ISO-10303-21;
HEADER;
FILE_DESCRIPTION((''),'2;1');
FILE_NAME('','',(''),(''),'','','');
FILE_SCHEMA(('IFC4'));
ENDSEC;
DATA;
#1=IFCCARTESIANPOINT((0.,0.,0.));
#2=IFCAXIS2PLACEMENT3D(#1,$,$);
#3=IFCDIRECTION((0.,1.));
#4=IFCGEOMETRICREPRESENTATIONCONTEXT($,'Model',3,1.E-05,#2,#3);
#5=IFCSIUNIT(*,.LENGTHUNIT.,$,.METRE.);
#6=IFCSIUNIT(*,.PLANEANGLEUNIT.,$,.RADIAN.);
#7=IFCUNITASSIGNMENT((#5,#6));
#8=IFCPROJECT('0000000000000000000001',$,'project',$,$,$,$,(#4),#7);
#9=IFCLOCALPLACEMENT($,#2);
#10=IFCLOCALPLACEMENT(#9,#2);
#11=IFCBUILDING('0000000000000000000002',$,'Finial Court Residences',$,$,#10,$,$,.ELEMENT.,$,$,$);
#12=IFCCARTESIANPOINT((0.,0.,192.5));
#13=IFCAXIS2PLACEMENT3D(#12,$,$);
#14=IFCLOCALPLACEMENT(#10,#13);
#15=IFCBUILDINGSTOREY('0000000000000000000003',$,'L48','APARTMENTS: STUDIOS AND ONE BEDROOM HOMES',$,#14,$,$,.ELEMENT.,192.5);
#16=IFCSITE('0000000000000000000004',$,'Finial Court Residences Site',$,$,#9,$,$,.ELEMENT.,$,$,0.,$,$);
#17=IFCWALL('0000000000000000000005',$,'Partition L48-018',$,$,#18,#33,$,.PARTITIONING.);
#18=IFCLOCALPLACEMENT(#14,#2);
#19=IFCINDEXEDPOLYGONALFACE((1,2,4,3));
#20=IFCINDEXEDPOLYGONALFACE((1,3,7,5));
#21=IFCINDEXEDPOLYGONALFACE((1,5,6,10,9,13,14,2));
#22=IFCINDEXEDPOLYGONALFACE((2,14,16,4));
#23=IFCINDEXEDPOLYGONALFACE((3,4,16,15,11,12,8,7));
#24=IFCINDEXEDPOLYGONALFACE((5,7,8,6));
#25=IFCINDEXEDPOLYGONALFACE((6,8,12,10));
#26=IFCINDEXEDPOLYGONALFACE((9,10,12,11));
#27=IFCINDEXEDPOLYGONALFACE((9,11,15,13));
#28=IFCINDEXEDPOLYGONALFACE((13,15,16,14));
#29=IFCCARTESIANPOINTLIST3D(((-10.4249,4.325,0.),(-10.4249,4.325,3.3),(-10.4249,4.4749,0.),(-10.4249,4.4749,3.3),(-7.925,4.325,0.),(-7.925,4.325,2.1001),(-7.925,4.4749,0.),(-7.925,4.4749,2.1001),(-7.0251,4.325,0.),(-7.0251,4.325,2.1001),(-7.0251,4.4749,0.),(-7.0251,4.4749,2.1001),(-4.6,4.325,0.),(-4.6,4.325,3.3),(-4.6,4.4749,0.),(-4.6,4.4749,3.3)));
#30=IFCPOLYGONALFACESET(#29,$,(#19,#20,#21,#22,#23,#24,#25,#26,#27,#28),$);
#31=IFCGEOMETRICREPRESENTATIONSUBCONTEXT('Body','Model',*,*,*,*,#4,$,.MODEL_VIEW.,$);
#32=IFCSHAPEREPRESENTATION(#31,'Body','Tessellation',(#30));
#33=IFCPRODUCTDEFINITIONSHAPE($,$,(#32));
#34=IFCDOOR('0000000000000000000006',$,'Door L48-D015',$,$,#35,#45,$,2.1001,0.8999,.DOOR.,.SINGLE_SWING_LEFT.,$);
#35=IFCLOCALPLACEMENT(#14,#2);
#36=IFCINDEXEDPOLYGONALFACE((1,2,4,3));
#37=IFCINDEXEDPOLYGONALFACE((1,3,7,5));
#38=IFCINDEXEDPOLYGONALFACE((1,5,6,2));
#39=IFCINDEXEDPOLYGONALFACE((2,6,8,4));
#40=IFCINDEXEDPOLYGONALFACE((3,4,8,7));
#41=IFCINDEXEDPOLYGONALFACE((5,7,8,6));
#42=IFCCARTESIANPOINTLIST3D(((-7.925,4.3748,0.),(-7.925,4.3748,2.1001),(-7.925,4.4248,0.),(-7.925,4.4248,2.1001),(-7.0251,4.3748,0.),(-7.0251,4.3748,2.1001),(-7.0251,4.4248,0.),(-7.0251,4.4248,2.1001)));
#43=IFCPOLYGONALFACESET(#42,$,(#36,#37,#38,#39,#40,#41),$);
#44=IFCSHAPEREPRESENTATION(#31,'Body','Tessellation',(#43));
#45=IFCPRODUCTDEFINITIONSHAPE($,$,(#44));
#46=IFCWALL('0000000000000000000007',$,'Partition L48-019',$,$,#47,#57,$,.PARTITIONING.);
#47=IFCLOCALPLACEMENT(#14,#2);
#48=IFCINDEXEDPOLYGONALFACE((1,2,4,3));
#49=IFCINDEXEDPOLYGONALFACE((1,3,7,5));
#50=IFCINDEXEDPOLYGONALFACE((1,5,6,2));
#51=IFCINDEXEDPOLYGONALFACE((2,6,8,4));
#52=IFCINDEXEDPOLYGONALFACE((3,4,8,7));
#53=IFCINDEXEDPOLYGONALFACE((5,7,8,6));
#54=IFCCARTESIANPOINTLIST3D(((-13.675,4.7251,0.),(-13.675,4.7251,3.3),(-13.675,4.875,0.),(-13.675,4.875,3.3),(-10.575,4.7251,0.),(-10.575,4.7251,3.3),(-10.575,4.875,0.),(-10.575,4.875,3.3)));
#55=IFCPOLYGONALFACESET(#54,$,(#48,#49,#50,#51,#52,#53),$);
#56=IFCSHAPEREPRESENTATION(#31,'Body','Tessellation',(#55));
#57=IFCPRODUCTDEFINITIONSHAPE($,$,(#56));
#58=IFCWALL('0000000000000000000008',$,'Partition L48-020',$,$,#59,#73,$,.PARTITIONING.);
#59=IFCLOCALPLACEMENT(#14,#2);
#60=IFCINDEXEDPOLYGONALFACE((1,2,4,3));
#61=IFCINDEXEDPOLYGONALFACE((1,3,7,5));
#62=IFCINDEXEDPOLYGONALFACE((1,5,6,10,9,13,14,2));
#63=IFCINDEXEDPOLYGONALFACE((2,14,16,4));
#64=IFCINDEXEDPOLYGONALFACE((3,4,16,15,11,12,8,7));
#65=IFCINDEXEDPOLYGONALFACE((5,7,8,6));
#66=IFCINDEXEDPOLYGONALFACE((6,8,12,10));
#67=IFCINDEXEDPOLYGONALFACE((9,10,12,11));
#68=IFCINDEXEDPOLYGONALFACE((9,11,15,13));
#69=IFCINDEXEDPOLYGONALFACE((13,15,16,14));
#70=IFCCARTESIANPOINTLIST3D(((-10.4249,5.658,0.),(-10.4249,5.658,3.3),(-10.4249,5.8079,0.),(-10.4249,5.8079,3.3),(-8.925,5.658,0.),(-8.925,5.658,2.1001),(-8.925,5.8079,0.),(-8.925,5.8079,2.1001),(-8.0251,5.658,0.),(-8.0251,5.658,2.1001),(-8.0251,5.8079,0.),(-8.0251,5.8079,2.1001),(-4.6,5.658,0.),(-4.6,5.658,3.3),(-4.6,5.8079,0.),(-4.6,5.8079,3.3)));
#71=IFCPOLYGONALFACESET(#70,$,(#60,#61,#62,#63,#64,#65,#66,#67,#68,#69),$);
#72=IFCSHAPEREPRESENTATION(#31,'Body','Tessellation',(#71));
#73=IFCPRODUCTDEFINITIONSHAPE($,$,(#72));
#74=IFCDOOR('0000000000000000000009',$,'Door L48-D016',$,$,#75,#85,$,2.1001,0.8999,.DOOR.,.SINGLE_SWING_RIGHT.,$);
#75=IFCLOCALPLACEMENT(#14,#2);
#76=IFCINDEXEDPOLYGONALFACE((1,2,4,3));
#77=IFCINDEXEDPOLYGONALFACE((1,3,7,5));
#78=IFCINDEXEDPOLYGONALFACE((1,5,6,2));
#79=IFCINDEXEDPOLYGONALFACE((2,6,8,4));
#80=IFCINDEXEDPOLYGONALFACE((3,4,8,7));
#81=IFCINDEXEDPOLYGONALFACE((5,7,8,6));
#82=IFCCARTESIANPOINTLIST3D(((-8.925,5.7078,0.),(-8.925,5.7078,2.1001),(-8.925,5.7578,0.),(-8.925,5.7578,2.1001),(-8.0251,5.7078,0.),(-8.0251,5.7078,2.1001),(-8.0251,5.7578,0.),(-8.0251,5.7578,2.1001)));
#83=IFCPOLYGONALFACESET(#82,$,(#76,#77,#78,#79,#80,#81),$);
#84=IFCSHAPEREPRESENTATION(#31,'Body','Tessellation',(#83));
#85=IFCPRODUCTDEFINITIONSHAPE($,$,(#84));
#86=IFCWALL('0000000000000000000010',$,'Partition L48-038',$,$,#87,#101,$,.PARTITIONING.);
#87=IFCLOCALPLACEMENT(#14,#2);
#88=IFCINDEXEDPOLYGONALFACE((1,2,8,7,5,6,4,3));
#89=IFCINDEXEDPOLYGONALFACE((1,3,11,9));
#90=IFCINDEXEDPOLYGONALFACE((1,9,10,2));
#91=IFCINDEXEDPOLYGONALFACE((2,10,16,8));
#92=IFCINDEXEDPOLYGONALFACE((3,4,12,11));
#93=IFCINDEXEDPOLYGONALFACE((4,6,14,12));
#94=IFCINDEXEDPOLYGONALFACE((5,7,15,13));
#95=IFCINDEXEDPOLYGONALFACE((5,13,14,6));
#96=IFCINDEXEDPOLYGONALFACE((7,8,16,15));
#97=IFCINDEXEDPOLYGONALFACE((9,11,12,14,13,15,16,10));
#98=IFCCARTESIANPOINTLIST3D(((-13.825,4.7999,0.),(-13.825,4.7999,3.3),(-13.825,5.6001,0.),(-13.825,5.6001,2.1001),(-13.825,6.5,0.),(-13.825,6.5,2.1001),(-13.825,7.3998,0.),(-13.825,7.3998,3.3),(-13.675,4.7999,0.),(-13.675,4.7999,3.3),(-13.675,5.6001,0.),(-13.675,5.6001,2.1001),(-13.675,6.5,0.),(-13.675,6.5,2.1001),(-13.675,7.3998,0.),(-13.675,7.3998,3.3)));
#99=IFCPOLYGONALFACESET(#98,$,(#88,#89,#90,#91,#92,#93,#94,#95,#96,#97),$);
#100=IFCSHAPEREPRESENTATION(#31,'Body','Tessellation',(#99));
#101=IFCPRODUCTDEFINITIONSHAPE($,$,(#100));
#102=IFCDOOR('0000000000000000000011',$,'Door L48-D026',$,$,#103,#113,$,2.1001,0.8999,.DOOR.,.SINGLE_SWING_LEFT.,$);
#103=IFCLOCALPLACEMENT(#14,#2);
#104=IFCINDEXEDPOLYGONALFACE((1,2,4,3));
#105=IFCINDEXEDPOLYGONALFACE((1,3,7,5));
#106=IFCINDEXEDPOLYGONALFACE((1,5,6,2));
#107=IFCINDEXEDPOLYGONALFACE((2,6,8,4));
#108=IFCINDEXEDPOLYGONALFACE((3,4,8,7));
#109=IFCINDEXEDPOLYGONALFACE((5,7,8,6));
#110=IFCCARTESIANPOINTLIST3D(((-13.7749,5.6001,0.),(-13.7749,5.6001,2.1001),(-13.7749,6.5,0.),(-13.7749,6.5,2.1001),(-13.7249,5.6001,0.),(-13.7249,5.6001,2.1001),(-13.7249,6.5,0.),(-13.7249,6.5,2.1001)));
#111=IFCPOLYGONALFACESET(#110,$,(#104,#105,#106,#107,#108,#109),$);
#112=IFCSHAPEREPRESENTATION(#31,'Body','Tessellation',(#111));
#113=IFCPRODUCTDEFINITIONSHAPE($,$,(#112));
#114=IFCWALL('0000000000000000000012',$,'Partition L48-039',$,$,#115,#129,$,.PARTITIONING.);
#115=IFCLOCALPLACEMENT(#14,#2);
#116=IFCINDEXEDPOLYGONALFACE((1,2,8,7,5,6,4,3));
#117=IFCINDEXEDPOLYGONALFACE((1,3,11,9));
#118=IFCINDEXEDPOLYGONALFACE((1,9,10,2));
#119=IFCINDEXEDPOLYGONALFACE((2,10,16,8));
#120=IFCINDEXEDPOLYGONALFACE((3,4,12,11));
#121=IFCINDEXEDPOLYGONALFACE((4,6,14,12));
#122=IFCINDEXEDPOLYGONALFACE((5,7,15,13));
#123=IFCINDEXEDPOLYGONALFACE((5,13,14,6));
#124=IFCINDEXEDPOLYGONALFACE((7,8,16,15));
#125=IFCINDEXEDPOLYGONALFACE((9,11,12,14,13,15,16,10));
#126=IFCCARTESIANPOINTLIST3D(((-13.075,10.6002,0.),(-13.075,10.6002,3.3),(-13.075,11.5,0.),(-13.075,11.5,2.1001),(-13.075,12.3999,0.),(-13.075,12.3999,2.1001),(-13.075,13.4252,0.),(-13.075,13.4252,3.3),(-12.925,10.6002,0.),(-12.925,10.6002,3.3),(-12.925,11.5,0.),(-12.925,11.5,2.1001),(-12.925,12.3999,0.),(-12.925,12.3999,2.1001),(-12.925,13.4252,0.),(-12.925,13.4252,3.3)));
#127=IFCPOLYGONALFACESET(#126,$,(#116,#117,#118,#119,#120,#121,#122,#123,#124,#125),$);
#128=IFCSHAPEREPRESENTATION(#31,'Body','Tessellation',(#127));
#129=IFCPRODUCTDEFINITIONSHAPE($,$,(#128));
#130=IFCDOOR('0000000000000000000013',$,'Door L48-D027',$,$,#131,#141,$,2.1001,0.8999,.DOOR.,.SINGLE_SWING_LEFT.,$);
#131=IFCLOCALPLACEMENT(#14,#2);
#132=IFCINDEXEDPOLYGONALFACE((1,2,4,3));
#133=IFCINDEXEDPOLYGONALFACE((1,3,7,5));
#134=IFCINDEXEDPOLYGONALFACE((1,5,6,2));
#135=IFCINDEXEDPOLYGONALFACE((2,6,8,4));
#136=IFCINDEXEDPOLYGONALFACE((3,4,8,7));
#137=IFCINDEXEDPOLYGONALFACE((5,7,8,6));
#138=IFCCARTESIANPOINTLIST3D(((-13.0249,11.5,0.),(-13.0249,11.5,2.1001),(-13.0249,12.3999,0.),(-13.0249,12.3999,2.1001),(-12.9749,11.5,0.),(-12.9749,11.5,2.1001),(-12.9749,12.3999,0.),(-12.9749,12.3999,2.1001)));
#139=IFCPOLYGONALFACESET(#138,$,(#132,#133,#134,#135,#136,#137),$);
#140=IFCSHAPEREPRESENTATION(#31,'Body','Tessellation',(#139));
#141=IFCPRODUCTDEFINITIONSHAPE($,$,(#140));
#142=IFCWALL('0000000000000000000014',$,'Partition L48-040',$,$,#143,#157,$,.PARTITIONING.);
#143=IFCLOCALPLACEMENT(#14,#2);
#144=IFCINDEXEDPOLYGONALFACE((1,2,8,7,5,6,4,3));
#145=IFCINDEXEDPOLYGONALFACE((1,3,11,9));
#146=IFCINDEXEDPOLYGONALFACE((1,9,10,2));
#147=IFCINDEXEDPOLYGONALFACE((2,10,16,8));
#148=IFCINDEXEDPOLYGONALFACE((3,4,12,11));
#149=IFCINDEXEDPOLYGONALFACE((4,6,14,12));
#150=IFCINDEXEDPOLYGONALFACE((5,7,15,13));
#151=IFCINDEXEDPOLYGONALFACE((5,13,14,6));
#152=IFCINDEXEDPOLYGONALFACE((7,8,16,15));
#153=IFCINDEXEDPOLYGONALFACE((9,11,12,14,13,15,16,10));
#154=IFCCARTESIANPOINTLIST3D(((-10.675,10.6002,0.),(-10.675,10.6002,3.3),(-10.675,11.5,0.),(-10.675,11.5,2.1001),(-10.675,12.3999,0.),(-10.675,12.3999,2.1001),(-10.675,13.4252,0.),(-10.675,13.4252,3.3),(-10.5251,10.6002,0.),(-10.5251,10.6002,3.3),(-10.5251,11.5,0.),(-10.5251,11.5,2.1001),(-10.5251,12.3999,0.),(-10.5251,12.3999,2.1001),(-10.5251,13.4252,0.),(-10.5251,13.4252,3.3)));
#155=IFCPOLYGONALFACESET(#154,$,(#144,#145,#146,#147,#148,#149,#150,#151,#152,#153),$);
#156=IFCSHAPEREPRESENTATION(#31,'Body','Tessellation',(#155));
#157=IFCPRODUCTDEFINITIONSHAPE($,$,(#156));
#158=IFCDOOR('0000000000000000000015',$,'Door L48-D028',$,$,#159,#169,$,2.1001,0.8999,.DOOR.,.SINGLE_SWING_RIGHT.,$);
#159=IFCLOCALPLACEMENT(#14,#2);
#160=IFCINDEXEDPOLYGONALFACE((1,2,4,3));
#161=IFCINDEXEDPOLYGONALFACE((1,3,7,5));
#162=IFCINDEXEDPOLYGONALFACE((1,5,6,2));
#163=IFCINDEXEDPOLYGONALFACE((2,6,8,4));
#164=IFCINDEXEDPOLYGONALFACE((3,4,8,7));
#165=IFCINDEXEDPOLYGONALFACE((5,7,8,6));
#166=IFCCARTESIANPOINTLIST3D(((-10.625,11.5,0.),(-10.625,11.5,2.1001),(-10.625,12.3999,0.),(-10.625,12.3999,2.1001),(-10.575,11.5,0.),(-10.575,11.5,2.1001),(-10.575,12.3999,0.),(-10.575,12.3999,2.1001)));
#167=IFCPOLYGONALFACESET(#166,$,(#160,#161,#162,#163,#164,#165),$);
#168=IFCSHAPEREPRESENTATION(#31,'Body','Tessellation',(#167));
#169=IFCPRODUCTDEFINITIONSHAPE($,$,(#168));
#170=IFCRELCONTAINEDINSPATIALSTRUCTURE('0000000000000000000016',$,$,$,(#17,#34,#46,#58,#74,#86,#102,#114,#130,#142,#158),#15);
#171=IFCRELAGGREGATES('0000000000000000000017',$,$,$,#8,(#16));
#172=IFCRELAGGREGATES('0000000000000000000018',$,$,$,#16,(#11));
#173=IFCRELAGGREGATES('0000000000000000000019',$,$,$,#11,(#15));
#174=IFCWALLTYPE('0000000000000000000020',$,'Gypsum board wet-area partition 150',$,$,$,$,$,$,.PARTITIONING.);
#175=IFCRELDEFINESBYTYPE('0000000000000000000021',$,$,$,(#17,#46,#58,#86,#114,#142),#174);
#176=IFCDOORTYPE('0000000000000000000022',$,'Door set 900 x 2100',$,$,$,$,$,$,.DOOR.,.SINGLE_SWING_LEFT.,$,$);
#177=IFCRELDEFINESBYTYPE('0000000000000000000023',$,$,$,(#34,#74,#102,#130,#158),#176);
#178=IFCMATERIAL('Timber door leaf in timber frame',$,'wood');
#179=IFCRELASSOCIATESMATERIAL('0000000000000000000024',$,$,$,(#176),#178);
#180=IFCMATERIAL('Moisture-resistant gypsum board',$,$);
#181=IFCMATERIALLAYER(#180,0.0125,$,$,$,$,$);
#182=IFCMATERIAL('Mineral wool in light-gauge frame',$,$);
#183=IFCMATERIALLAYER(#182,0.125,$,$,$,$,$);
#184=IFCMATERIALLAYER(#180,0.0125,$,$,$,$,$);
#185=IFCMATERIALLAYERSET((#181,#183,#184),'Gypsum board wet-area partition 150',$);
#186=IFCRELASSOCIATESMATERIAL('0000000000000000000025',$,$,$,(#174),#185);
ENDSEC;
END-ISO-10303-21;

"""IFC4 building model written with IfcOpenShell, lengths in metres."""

from ifc_helpers import new_model, si_unit, direction, frame, frame_2d, origin, place, context, subcontext, project, spatial, rectangle, extrude, material, layer, layer_set, type_object, element, fill, save


model = new_model("IFC4")

# Units and contexts
model_context = context("Model", 3, precision=1e-05, world=origin(), true_north=direction((0.0, 1.0)))
body_context = subcontext(model_context, "Body", "Model", "MODEL_VIEW")
ifc_project = project(units=[si_unit("LENGTHUNIT", "METRE"), si_unit("PLANEANGLEUNIT", "RADIAN")], contexts=[model_context])

# Site, building, storey
site_placement = place(None, origin())
site = spatial("IfcSite", under=ifc_project, at=site_placement, Name="Finial Court Residences Site", CompositionType="ELEMENT", RefElevation=0.0)
building_placement = place(site_placement, origin())
building = spatial("IfcBuilding", under=site, at=building_placement, Name="Finial Court Residences", CompositionType="ELEMENT")
storey_placement = place(building_placement, frame((0.0, 0.0, 192.5)))
storey = spatial("IfcBuildingStorey", under=building, at=storey_placement, Name="L48", Description="APARTMENTS: STUDIOS AND ONE BEDROOM HOMES", CompositionType="ELEMENT", Elevation=192.5)

# Wall, opening, door
ifc_material_1 = material(Name="Mineral wool in light-gauge frame")
ifc_material_2 = material(Name="Timber door leaf in timber frame", Category="wood")
door_type = type_object("IfcDoorType", Name="Door set 900 x 2100", OperationType="SINGLE_SWING_LEFT", PredefinedType="DOOR", material=ifc_material_2)
ifc_material_3 = material(Name="Moisture-resistant gypsum board")
ifc_layer_1 = layer(ifc_material_3, 0.0125)
ifc_layer_2 = layer(ifc_material_1, 0.125)
ifc_layer_3 = layer(ifc_material_3, 0.0125)
ifc_layer_set_1 = layer_set([ifc_layer_1, ifc_layer_2, ifc_layer_3], Name="Gypsum board wet-area partition 150")
wall_type_1 = type_object("IfcWallType", Name="Gypsum board wet-area partition 150", PredefinedType="PARTITIONING", material=ifc_layer_set_1)
wall_1_placement = place(storey_placement, frame((-10.425, 4.3999, 0.0), z_axis=(0.0, 0.0, 1.0), x_axis=(1.0, 0.0, 0.0)))
wall_1 = element("IfcWall", 1, at=wall_1_placement, inside=storey, type_object=wall_type_1, Name="Partition L48-018", PredefinedType="PARTITIONING", context=body_context, shape_type="SweptSolid", body=[
    extrude(rectangle(XDim=5.825, YDim=0.1499, at=frame_2d((2.9126, 0.0))), origin(), (0.0, 0.0, 1.0), 3.3),
])
opening_1_placement = place(wall_1_placement, frame((2.5, 0.0, 0.0)))
opening_1 = element("IfcOpeningElement", 2, at=opening_1_placement, cuts=wall_1, PredefinedType="OPENING", context=body_context, shape_type="SweptSolid", body=[
    extrude(rectangle(XDim=0.8999, YDim=2.1001, at=frame_2d((0.45, 1.05))), frame((0.0, 0.085, 0.0), z_axis=(0.0, -1.0, 0.0), x_axis=(1.0, 0.0, 0.0)), (0.0, 0.0, 1.0), 0.1699),
])
door_1_placement = place(opening_1_placement, origin())
door_1 = element("IfcDoor", 3, at=door_1_placement, inside=storey, type_object=door_type, Name="Door L48-D015", OperationType="SINGLE_SWING_LEFT", OverallHeight=2.1001, OverallWidth=0.8999, PredefinedType="DOOR", context=body_context, shape_type="SweptSolid", body=[
    extrude(rectangle(XDim=0.8999, YDim=2.1001, at=frame_2d((0.45, 1.05))), frame((0.0, 0.0249, 0.0), z_axis=(0.0, -1.0, 0.0), x_axis=(1.0, 0.0, 0.0)), (0.0, 0.0, 1.0), 0.05),
])
fill(opening_1, door_1)

# Wall
wall_2_placement = place(storey_placement, frame((-13.675, 4.8, 0.0), z_axis=(0.0, 0.0, 1.0), x_axis=(1.0, 0.0, 0.0)))
element("IfcWall", 4, at=wall_2_placement, inside=storey, type_object=wall_type_1, Name="Partition L48-019", PredefinedType="PARTITIONING", context=body_context, shape_type="SweptSolid", body=[
    extrude(rectangle(XDim=3.1001, YDim=0.1499, at=frame_2d((1.55, 0.0))), origin(), (0.0, 0.0, 1.0), 3.3),
])

# Walls, openings, doors
wall_3_placement = place(storey_placement, frame((-10.425, 5.7329, 0.0), z_axis=(0.0, 0.0, 1.0), x_axis=(1.0, 0.0, 0.0)))
wall_3 = element("IfcWall", 5, at=wall_3_placement, inside=storey, type_object=wall_type_1, Name="Partition L48-020", PredefinedType="PARTITIONING", context=body_context, shape_type="SweptSolid", body=[
    extrude(rectangle(XDim=5.825, YDim=0.1499, at=frame_2d((2.9126, 0.0))), origin(), (0.0, 0.0, 1.0), 3.3),
])
opening_2_placement = place(wall_3_placement, frame((1.5, 0.0, 0.0)))
opening_2 = element("IfcOpeningElement", 6, at=opening_2_placement, cuts=wall_3, PredefinedType="OPENING", context=body_context, shape_type="SweptSolid", body=[
    extrude(rectangle(XDim=0.8999, YDim=2.1001, at=frame_2d((0.45, 1.05))), frame((0.0, 0.085, 0.0), z_axis=(0.0, -1.0, 0.0), x_axis=(1.0, 0.0, 0.0)), (0.0, 0.0, 1.0), 0.1699),
])
door_2_placement = place(opening_2_placement, origin())
door_2 = element("IfcDoor", 7, at=door_2_placement, inside=storey, type_object=door_type, Name="Door L48-D016", OperationType="SINGLE_SWING_RIGHT", OverallHeight=2.1001, OverallWidth=0.8999, PredefinedType="DOOR", context=body_context, shape_type="SweptSolid", body=[
    extrude(rectangle(XDim=0.8999, YDim=2.1001, at=frame_2d((0.45, 1.05))), frame((0.0, 0.0249, 0.0), z_axis=(0.0, -1.0, 0.0), x_axis=(1.0, 0.0, 0.0)), (0.0, 0.0, 1.0), 0.05),
])
fill(opening_2, door_2)
wall_4_placement = place(storey_placement, frame((-13.75, 4.8, 0.0), z_axis=(0.0, 0.0, 1.0), x_axis=(0.0, 1.0, 0.0)))
wall_4 = element("IfcWall", 8, at=wall_4_placement, inside=storey, type_object=wall_type_1, Name="Partition L48-038", PredefinedType="PARTITIONING", context=body_context, shape_type="SweptSolid", body=[
    extrude(rectangle(XDim=2.5999, YDim=0.1499, at=frame_2d((1.2998, 0.0))), origin(), (0.0, 0.0, 1.0), 3.3),
])
opening_3_placement = place(wall_4_placement, frame((0.8, 0.0, 0.0)))
opening_3 = element("IfcOpeningElement", 9, at=opening_3_placement, cuts=wall_4, PredefinedType="OPENING", context=body_context, shape_type="SweptSolid", body=[
    extrude(rectangle(XDim=0.8999, YDim=2.1001, at=frame_2d((0.45, 1.05))), frame((0.0, 0.085, 0.0), z_axis=(0.0, -1.0, 0.0), x_axis=(1.0, 0.0, 0.0)), (0.0, 0.0, 1.0), 0.1699),
])
door_3_placement = place(opening_3_placement, origin())
door_3 = element("IfcDoor", 10, at=door_3_placement, inside=storey, type_object=door_type, Name="Door L48-D026", OperationType="SINGLE_SWING_LEFT", OverallHeight=2.1001, OverallWidth=0.8999, PredefinedType="DOOR", context=body_context, shape_type="SweptSolid", body=[
    extrude(rectangle(XDim=0.8999, YDim=2.1001, at=frame_2d((0.45, 1.05))), frame((0.0, 0.0249, 0.0), z_axis=(0.0, -1.0, 0.0), x_axis=(1.0, 0.0, 0.0)), (0.0, 0.0, 1.0), 0.05),
])
fill(opening_3, door_3)
wall_5_placement = place(storey_placement, frame((-13.0, 10.6001, 0.0), z_axis=(0.0, 0.0, 1.0), x_axis=(0.0, 1.0, 0.0)))
wall_5 = element("IfcWall", 11, at=wall_5_placement, inside=storey, type_object=wall_type_1, Name="Partition L48-039", PredefinedType="PARTITIONING", context=body_context, shape_type="SweptSolid", body=[
    extrude(rectangle(XDim=2.825, YDim=0.1499, at=frame_2d((1.4126, 0.0))), origin(), (0.0, 0.0, 1.0), 3.3),
])
opening_4_placement = place(wall_5_placement, frame((0.8999, 0.0, 0.0)))
opening_4 = element("IfcOpeningElement", 12, at=opening_4_placement, cuts=wall_5, PredefinedType="OPENING", context=body_context, shape_type="SweptSolid", body=[
    extrude(rectangle(XDim=0.8999, YDim=2.1001, at=frame_2d((0.45, 1.05))), frame((0.0, 0.085, 0.0), z_axis=(0.0, -1.0, 0.0), x_axis=(1.0, 0.0, 0.0)), (0.0, 0.0, 1.0), 0.1699),
])
door_4_placement = place(opening_4_placement, origin())
door_4 = element("IfcDoor", 13, at=door_4_placement, inside=storey, type_object=door_type, Name="Door L48-D027", OperationType="SINGLE_SWING_LEFT", OverallHeight=2.1001, OverallWidth=0.8999, PredefinedType="DOOR", context=body_context, shape_type="SweptSolid", body=[
    extrude(rectangle(XDim=0.8999, YDim=2.1001, at=frame_2d((0.45, 1.05))), frame((0.0, 0.0249, 0.0), z_axis=(0.0, -1.0, 0.0), x_axis=(1.0, 0.0, 0.0)), (0.0, 0.0, 1.0), 0.05),
])
fill(opening_4, door_4)
wall_6_placement = place(storey_placement, frame((-10.6001, 10.6001, 0.0), z_axis=(0.0, 0.0, 1.0), x_axis=(0.0, 1.0, 0.0)))
wall_6 = element("IfcWall", 14, at=wall_6_placement, inside=storey, type_object=wall_type_1, Name="Partition L48-040", PredefinedType="PARTITIONING", context=body_context, shape_type="SweptSolid", body=[
    extrude(rectangle(XDim=2.825, YDim=0.1499, at=frame_2d((1.4126, 0.0))), origin(), (0.0, 0.0, 1.0), 3.3),
])
opening_5_placement = place(wall_6_placement, frame((0.8999, 0.0, 0.0)))
opening_5 = element("IfcOpeningElement", 15, at=opening_5_placement, cuts=wall_6, PredefinedType="OPENING", context=body_context, shape_type="SweptSolid", body=[
    extrude(rectangle(XDim=0.8999, YDim=2.1001, at=frame_2d((0.45, 1.05))), frame((0.0, 0.085, 0.0), z_axis=(0.0, -1.0, 0.0), x_axis=(1.0, 0.0, 0.0)), (0.0, 0.0, 1.0), 0.1699),
])
door_5_placement = place(opening_5_placement, origin())
door_5 = element("IfcDoor", 16, at=door_5_placement, inside=storey, type_object=door_type, Name="Door L48-D028", OperationType="SINGLE_SWING_RIGHT", OverallHeight=2.1001, OverallWidth=0.8999, PredefinedType="DOOR", context=body_context, shape_type="SweptSolid", body=[
    extrude(rectangle(XDim=0.8999, YDim=2.1001, at=frame_2d((0.45, 1.05))), frame((0.0, 0.0249, 0.0), z_axis=(0.0, -1.0, 0.0), x_axis=(1.0, 0.0, 0.0)), (0.0, 0.0, 1.0), 0.05),
])
fill(opening_5, door_5)

save(model, "model.ifc")
